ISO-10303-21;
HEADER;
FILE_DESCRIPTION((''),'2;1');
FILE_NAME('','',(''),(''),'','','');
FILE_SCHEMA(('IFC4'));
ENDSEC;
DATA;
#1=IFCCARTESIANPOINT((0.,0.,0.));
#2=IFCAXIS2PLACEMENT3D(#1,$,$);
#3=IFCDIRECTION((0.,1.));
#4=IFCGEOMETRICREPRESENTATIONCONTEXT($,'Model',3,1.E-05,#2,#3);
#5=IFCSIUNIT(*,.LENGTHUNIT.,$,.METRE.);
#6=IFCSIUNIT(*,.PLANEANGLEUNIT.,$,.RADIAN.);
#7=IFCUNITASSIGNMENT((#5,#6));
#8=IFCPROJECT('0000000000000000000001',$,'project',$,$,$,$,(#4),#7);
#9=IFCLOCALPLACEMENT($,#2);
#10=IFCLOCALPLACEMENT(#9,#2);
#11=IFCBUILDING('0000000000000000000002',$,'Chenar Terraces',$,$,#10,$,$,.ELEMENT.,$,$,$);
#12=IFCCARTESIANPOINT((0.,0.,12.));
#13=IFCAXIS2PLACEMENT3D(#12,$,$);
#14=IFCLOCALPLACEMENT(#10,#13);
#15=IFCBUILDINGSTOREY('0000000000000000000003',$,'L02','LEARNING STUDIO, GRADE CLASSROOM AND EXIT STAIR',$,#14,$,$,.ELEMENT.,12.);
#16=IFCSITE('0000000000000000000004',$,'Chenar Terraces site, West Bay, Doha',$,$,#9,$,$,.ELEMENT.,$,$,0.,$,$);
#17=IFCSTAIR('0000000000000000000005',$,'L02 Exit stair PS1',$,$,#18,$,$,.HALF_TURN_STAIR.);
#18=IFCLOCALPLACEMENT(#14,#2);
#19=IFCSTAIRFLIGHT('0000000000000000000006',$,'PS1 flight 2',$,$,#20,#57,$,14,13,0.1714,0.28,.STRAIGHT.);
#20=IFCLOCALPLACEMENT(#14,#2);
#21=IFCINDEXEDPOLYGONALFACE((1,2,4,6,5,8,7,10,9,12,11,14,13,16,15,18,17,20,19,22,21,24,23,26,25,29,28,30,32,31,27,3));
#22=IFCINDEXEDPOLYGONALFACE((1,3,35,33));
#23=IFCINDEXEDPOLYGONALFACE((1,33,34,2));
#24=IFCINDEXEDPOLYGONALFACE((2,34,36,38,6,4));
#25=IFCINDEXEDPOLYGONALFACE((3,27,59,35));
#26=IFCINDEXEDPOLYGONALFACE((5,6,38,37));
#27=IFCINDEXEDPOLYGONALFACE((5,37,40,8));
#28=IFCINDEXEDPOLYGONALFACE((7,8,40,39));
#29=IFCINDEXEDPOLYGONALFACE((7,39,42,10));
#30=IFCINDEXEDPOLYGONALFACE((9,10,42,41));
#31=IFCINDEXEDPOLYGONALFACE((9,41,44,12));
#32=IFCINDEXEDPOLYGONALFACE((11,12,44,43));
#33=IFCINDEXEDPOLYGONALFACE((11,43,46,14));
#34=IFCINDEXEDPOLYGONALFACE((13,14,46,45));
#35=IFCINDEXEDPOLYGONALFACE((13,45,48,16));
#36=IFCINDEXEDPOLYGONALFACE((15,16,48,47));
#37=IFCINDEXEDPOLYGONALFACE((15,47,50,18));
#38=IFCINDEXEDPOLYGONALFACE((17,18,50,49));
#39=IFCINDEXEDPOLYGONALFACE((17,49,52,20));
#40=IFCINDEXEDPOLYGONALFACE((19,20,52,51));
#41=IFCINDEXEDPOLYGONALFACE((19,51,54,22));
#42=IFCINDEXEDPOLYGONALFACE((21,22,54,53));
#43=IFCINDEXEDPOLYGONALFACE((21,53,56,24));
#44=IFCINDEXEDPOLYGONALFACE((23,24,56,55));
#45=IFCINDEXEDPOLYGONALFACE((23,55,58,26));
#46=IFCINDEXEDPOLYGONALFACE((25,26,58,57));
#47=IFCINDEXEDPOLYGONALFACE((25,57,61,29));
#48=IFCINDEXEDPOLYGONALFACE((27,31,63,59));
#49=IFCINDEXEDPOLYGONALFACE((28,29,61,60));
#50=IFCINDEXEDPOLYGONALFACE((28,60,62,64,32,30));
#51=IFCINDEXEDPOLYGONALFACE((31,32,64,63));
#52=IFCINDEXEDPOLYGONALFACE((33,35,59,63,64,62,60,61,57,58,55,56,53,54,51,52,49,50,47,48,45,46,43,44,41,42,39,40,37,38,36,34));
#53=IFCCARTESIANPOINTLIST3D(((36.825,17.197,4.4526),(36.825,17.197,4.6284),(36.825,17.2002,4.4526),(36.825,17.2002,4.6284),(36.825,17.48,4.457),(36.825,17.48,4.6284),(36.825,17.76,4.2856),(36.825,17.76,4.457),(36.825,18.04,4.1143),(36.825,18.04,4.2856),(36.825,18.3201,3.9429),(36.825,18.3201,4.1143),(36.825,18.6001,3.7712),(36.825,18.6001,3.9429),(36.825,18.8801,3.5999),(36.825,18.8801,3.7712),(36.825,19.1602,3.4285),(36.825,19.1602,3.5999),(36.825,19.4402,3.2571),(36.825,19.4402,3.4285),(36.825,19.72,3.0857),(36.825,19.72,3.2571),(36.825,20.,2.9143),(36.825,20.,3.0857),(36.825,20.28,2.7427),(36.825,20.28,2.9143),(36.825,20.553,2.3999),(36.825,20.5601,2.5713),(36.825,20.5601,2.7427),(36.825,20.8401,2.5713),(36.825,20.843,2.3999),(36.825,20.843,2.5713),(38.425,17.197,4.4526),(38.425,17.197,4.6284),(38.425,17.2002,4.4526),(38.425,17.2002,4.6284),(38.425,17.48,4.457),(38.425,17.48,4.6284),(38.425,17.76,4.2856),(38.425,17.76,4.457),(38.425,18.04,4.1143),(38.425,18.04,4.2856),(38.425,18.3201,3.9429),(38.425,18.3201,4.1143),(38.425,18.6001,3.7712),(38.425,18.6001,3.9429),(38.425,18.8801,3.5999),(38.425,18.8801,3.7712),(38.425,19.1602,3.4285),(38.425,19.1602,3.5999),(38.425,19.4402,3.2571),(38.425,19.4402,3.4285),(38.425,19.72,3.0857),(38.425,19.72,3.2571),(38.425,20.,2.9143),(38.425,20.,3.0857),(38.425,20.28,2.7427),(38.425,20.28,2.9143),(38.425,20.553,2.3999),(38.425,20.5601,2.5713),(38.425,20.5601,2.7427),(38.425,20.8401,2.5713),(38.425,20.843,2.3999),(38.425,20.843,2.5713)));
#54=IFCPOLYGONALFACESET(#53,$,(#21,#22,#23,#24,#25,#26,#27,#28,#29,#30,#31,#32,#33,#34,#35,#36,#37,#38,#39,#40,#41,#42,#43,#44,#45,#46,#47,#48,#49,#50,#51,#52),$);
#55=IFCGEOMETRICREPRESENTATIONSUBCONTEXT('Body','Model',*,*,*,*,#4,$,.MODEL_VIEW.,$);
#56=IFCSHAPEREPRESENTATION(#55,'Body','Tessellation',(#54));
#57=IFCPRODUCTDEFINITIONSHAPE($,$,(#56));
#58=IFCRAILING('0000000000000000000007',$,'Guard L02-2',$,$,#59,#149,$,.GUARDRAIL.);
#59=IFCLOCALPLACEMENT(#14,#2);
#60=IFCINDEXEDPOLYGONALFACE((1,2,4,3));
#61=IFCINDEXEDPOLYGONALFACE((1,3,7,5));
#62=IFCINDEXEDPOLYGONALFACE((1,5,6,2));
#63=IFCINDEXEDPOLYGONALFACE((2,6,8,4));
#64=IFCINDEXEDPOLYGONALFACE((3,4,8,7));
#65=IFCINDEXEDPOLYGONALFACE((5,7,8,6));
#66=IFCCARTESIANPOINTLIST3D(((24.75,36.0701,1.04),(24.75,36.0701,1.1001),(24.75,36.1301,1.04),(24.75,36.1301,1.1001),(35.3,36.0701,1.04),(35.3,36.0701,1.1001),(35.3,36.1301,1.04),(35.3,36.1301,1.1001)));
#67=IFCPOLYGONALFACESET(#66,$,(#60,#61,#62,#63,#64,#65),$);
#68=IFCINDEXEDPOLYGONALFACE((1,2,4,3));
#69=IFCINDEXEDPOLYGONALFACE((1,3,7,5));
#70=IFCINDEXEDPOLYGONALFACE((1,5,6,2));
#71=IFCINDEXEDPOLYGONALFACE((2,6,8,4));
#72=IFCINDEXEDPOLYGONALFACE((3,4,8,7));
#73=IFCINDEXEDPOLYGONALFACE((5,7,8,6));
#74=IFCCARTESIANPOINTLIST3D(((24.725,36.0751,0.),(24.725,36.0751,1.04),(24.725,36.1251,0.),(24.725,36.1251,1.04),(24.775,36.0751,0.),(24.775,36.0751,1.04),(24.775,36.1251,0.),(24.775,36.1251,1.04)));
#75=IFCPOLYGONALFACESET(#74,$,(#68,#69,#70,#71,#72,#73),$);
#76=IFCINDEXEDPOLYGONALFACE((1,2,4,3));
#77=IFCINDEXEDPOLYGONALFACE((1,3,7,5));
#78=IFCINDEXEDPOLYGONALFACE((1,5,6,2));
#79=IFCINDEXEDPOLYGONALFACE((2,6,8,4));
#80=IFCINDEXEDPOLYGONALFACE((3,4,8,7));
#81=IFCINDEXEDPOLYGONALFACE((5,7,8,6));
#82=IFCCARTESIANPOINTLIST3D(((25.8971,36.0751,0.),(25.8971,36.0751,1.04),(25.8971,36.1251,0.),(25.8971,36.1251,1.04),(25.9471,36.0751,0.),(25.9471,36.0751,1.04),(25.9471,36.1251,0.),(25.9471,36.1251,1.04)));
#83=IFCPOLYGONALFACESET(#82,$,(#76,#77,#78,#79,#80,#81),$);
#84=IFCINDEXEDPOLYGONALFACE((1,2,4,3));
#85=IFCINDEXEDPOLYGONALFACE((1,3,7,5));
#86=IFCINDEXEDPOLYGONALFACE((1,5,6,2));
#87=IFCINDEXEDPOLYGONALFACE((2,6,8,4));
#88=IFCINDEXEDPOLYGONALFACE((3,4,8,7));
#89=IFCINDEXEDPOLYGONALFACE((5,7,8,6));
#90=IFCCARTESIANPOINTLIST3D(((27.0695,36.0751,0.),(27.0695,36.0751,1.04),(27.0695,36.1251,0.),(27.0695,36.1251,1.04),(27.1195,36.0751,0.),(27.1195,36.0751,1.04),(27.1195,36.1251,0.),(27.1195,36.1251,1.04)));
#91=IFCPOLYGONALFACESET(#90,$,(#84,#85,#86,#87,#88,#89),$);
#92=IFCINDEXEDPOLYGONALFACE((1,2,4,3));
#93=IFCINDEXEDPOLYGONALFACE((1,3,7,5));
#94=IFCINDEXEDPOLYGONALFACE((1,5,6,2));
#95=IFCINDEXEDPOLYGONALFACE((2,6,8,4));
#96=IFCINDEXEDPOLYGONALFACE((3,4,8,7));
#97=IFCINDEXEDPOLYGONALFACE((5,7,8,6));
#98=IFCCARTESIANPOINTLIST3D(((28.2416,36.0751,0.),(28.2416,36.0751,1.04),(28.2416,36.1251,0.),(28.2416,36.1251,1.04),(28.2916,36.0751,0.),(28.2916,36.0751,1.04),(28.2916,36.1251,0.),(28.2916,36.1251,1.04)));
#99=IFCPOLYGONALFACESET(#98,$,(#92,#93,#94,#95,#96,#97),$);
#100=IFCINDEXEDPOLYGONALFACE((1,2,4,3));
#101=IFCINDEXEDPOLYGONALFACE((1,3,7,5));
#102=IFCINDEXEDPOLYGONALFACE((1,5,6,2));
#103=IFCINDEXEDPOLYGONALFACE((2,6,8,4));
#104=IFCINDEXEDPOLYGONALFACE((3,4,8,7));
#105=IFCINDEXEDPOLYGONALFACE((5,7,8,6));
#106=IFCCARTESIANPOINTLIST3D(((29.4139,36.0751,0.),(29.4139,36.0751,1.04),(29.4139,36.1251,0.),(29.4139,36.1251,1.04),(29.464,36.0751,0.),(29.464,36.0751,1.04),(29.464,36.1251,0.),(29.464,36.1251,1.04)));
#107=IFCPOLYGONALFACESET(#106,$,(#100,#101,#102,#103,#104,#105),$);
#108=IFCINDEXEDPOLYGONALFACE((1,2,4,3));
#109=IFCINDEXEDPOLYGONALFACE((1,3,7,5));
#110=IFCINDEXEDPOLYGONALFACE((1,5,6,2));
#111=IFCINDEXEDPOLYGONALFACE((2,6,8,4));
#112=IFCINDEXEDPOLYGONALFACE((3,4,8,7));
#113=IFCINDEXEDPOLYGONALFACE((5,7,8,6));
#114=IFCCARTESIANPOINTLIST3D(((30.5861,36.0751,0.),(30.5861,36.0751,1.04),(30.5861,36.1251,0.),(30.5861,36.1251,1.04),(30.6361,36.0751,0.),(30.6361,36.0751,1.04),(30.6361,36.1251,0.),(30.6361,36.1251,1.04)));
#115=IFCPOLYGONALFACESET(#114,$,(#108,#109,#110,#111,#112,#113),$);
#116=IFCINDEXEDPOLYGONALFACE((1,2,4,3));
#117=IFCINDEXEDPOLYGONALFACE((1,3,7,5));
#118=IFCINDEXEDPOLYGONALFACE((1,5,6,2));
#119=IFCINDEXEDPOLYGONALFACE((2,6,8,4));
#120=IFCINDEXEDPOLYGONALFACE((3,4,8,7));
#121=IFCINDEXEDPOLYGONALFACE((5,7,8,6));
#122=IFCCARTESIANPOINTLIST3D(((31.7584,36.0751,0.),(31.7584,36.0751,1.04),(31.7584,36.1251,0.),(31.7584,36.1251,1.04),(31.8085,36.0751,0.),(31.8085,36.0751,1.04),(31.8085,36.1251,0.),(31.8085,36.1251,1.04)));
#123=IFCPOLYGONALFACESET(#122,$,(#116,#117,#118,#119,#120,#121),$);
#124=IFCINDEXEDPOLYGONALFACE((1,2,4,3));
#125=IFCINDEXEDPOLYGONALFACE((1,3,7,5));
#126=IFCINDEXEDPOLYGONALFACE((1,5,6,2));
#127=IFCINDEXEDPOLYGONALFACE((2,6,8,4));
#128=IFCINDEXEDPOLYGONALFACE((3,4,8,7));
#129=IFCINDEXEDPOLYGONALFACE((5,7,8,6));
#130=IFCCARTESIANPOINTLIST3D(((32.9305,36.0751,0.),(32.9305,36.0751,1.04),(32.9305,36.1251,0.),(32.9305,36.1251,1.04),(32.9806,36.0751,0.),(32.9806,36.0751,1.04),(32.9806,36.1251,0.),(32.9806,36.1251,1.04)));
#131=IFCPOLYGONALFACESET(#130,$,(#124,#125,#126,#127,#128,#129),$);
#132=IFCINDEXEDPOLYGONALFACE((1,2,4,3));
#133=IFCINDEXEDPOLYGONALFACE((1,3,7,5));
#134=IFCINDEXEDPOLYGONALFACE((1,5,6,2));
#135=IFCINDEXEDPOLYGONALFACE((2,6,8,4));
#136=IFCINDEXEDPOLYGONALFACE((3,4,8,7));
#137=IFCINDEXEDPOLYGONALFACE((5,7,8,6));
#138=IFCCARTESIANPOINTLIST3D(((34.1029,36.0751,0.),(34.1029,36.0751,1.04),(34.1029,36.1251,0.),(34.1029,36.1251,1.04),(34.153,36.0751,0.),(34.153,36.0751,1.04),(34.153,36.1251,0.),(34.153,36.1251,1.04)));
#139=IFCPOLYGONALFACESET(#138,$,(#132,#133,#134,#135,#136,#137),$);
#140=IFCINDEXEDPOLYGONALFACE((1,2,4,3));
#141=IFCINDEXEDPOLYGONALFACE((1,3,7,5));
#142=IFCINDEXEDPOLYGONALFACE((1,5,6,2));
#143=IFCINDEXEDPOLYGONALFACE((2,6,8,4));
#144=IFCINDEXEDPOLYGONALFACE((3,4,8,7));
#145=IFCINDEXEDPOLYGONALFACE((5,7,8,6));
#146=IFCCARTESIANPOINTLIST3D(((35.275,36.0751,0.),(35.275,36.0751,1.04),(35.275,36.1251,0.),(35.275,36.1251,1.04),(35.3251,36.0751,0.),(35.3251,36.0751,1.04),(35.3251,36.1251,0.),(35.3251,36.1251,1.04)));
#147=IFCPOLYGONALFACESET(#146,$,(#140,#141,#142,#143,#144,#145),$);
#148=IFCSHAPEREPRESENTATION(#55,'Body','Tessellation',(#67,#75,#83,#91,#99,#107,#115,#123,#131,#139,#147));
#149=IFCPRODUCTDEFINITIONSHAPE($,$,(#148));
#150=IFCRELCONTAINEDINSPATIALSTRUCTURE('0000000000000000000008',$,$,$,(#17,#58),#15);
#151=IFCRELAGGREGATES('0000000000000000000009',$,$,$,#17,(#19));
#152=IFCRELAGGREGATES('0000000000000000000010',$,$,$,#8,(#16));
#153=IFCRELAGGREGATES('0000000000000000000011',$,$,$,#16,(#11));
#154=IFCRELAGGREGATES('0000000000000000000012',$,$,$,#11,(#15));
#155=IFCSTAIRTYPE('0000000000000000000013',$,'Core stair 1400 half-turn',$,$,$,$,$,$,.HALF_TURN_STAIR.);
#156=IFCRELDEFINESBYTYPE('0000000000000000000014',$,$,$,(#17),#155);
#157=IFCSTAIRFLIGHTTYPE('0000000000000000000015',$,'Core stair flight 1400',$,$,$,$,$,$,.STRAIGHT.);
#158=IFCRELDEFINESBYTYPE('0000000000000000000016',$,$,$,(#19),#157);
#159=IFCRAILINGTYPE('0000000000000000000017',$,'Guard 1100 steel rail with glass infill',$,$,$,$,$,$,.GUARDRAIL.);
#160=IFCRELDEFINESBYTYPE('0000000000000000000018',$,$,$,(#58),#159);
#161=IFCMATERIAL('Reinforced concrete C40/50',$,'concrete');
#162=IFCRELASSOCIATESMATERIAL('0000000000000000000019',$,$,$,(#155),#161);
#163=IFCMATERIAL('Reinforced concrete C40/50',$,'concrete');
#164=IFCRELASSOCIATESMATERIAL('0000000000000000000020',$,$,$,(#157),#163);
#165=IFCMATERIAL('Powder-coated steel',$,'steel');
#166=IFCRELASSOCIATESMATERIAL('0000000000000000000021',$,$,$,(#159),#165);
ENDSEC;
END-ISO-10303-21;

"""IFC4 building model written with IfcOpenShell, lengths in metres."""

from ifc_helpers import new_model, si_unit, direction, frame, origin, origin_2d, place, context, subcontext, project, spatial, polyline, rectangle, outline, extrude, material, type_object, element, aggregate, save


model = new_model("IFC4")

# Units and contexts
model_context = context("Model", 3, precision=1e-05, world=origin(), true_north=direction((0.0, 1.0)))
body_context = subcontext(model_context, "Body", "Model", "MODEL_VIEW")
ifc_project = project(units=[si_unit("LENGTHUNIT", "METRE"), si_unit("PLANEANGLEUNIT", "RADIAN")], contexts=[model_context])

# Site, building, storey
site_placement = place(None, origin())
site = spatial("IfcSite", under=ifc_project, at=site_placement, Name="Chenar Terraces site, West Bay, Doha", CompositionType="ELEMENT", RefElevation=0.0)
building_placement = place(site_placement, origin())
building = spatial("IfcBuilding", under=site, at=building_placement, Name="Chenar Terraces", CompositionType="ELEMENT")
storey_placement = place(building_placement, frame((0.0, 0.0, 12.0)))
storey = spatial("IfcBuildingStorey", under=building, at=storey_placement, Name="L02", Description="LEARNING STUDIO, GRADE CLASSROOM AND EXIT STAIR", CompositionType="ELEMENT", Elevation=12.0)

# Stair, stair flight
ifc_material_1 = material(Name="Reinforced concrete C40/50", Category="concrete")
stair_type = type_object("IfcStairType", Name="Core stair 1400 half-turn", PredefinedType="HALF_TURN_STAIR", material=ifc_material_1)
stair_placement = place(storey_placement, origin())
stair = element("IfcStair", 1, at=stair_placement, inside=storey, type_object=stair_type, Name="L02 Exit stair PS1", PredefinedType="HALF_TURN_STAIR")
ifc_material_2 = material(Name="Reinforced concrete C40/50", Category="concrete")
stair_flight_type = type_object("IfcStairFlightType", Name="Core stair flight 1400", PredefinedType="STRAIGHT", material=ifc_material_2)
stair_flight_placement = place(storey_placement, frame((37.625, 20.8401, 2.3999), z_axis=(0.0, 0.0, 1.0), x_axis=(0.0, -1.0, 0.0)))
stair_flight = element("IfcStairFlight", 2, at=stair_flight_placement, type_object=stair_flight_type, Name="PS1 flight 2", NumberOfRisers=14, NumberOfTreads=13, PredefinedType="STRAIGHT", RiserHeight=0.1714, TreadLength=0.28, context=body_context, shape_type="SweptSolid", body=[
    extrude(outline(polyline([(-0.0029, 0.0), (-0.0029, 0.1714), (0.0, 0.1714), (0.28, 0.1714), (0.28, 0.3428), (0.5601, 0.3428), (0.5601, 0.5144), (0.8401, 0.5144), (0.8401, 0.6858), (1.1201, 0.6858), (1.1201, 0.8572), (1.3999, 0.8572), (1.3999, 1.0286), (1.6799, 1.0286), (1.6799, 1.2), (1.96, 1.2), (1.96, 1.3713), (2.24, 1.3713), (2.24, 1.543), (2.52, 1.543), (2.52, 1.7144), (2.8, 1.7144), (2.8, 1.8857), (3.0801, 1.8857), (3.0801, 2.0571), (3.3601, 2.0571), (3.3601, 2.2285), (3.6399, 2.2285), (3.6431, 2.2285), (3.6431, 2.0527), (3.6399, 2.0527), (0.2871, 0.0), (-0.0029, 0.0)])), frame((0.0, 0.8, 0.0), z_axis=(0.0, -1.0, 0.0), x_axis=(1.0, 0.0, 0.0)), (0.0, 0.0, 1.0), 1.6001),
])
aggregate(stair, [stair_flight])

# Railing
ifc_material_3 = material(Name="Powder-coated steel", Category="steel")
railing_type_1 = type_object("IfcRailingType", Name="Guard 1100 steel rail with glass infill", PredefinedType="GUARDRAIL", material=ifc_material_3)
railing_1_placement = place(storey_placement, frame((24.75, 36.1001, 0.0)))
element("IfcRailing", 3, at=railing_1_placement, inside=storey, type_object=railing_type_1, Name="Guard L02-2", PredefinedType="GUARDRAIL", context=body_context, shape_type="SweptSolid", body=[
    extrude(rectangle(XDim=0.0601, YDim=0.0601, at=origin_2d()), frame((0.0, 0.0, 1.0701), z_axis=(1.0, 0.0, 0.0), x_axis=(0.0, 1.0, 0.0)), (0.0, 0.0, 1.0), 10.55),
    extrude(rectangle(XDim=0.05, YDim=0.05, at=origin_2d()), origin(), (0.0, 0.0, 1.0), 1.04),
    extrude(rectangle(XDim=0.05, YDim=0.05, at=origin_2d()), frame((1.1721, 0.0, 0.0)), (0.0, 0.0, 1.0), 1.04),
    extrude(rectangle(XDim=0.05, YDim=0.05, at=origin_2d()), frame((2.3445, 0.0, 0.0)), (0.0, 0.0, 1.0), 1.04),
    extrude(rectangle(XDim=0.05, YDim=0.05, at=origin_2d()), frame((3.5166, 0.0, 0.0)), (0.0, 0.0, 1.0), 1.04),
    extrude(rectangle(XDim=0.05, YDim=0.05, at=origin_2d()), frame((4.689, 0.0, 0.0)), (0.0, 0.0, 1.0), 1.04),
    extrude(rectangle(XDim=0.05, YDim=0.05, at=origin_2d()), frame((5.8611, 0.0, 0.0)), (0.0, 0.0, 1.0), 1.04),
    extrude(rectangle(XDim=0.05, YDim=0.05, at=origin_2d()), frame((7.0334, 0.0, 0.0)), (0.0, 0.0, 1.0), 1.04),
    extrude(rectangle(XDim=0.05, YDim=0.05, at=origin_2d()), frame((8.2056, 0.0, 0.0)), (0.0, 0.0, 1.0), 1.04),
    extrude(rectangle(XDim=0.05, YDim=0.05, at=origin_2d()), frame((9.3779, 0.0, 0.0)), (0.0, 0.0, 1.0), 1.04),
    extrude(rectangle(XDim=0.05, YDim=0.05, at=origin_2d()), frame((10.55, 0.0, 0.0)), (0.0, 0.0, 1.0), 1.04),
])

save(model, "model.ifc")
